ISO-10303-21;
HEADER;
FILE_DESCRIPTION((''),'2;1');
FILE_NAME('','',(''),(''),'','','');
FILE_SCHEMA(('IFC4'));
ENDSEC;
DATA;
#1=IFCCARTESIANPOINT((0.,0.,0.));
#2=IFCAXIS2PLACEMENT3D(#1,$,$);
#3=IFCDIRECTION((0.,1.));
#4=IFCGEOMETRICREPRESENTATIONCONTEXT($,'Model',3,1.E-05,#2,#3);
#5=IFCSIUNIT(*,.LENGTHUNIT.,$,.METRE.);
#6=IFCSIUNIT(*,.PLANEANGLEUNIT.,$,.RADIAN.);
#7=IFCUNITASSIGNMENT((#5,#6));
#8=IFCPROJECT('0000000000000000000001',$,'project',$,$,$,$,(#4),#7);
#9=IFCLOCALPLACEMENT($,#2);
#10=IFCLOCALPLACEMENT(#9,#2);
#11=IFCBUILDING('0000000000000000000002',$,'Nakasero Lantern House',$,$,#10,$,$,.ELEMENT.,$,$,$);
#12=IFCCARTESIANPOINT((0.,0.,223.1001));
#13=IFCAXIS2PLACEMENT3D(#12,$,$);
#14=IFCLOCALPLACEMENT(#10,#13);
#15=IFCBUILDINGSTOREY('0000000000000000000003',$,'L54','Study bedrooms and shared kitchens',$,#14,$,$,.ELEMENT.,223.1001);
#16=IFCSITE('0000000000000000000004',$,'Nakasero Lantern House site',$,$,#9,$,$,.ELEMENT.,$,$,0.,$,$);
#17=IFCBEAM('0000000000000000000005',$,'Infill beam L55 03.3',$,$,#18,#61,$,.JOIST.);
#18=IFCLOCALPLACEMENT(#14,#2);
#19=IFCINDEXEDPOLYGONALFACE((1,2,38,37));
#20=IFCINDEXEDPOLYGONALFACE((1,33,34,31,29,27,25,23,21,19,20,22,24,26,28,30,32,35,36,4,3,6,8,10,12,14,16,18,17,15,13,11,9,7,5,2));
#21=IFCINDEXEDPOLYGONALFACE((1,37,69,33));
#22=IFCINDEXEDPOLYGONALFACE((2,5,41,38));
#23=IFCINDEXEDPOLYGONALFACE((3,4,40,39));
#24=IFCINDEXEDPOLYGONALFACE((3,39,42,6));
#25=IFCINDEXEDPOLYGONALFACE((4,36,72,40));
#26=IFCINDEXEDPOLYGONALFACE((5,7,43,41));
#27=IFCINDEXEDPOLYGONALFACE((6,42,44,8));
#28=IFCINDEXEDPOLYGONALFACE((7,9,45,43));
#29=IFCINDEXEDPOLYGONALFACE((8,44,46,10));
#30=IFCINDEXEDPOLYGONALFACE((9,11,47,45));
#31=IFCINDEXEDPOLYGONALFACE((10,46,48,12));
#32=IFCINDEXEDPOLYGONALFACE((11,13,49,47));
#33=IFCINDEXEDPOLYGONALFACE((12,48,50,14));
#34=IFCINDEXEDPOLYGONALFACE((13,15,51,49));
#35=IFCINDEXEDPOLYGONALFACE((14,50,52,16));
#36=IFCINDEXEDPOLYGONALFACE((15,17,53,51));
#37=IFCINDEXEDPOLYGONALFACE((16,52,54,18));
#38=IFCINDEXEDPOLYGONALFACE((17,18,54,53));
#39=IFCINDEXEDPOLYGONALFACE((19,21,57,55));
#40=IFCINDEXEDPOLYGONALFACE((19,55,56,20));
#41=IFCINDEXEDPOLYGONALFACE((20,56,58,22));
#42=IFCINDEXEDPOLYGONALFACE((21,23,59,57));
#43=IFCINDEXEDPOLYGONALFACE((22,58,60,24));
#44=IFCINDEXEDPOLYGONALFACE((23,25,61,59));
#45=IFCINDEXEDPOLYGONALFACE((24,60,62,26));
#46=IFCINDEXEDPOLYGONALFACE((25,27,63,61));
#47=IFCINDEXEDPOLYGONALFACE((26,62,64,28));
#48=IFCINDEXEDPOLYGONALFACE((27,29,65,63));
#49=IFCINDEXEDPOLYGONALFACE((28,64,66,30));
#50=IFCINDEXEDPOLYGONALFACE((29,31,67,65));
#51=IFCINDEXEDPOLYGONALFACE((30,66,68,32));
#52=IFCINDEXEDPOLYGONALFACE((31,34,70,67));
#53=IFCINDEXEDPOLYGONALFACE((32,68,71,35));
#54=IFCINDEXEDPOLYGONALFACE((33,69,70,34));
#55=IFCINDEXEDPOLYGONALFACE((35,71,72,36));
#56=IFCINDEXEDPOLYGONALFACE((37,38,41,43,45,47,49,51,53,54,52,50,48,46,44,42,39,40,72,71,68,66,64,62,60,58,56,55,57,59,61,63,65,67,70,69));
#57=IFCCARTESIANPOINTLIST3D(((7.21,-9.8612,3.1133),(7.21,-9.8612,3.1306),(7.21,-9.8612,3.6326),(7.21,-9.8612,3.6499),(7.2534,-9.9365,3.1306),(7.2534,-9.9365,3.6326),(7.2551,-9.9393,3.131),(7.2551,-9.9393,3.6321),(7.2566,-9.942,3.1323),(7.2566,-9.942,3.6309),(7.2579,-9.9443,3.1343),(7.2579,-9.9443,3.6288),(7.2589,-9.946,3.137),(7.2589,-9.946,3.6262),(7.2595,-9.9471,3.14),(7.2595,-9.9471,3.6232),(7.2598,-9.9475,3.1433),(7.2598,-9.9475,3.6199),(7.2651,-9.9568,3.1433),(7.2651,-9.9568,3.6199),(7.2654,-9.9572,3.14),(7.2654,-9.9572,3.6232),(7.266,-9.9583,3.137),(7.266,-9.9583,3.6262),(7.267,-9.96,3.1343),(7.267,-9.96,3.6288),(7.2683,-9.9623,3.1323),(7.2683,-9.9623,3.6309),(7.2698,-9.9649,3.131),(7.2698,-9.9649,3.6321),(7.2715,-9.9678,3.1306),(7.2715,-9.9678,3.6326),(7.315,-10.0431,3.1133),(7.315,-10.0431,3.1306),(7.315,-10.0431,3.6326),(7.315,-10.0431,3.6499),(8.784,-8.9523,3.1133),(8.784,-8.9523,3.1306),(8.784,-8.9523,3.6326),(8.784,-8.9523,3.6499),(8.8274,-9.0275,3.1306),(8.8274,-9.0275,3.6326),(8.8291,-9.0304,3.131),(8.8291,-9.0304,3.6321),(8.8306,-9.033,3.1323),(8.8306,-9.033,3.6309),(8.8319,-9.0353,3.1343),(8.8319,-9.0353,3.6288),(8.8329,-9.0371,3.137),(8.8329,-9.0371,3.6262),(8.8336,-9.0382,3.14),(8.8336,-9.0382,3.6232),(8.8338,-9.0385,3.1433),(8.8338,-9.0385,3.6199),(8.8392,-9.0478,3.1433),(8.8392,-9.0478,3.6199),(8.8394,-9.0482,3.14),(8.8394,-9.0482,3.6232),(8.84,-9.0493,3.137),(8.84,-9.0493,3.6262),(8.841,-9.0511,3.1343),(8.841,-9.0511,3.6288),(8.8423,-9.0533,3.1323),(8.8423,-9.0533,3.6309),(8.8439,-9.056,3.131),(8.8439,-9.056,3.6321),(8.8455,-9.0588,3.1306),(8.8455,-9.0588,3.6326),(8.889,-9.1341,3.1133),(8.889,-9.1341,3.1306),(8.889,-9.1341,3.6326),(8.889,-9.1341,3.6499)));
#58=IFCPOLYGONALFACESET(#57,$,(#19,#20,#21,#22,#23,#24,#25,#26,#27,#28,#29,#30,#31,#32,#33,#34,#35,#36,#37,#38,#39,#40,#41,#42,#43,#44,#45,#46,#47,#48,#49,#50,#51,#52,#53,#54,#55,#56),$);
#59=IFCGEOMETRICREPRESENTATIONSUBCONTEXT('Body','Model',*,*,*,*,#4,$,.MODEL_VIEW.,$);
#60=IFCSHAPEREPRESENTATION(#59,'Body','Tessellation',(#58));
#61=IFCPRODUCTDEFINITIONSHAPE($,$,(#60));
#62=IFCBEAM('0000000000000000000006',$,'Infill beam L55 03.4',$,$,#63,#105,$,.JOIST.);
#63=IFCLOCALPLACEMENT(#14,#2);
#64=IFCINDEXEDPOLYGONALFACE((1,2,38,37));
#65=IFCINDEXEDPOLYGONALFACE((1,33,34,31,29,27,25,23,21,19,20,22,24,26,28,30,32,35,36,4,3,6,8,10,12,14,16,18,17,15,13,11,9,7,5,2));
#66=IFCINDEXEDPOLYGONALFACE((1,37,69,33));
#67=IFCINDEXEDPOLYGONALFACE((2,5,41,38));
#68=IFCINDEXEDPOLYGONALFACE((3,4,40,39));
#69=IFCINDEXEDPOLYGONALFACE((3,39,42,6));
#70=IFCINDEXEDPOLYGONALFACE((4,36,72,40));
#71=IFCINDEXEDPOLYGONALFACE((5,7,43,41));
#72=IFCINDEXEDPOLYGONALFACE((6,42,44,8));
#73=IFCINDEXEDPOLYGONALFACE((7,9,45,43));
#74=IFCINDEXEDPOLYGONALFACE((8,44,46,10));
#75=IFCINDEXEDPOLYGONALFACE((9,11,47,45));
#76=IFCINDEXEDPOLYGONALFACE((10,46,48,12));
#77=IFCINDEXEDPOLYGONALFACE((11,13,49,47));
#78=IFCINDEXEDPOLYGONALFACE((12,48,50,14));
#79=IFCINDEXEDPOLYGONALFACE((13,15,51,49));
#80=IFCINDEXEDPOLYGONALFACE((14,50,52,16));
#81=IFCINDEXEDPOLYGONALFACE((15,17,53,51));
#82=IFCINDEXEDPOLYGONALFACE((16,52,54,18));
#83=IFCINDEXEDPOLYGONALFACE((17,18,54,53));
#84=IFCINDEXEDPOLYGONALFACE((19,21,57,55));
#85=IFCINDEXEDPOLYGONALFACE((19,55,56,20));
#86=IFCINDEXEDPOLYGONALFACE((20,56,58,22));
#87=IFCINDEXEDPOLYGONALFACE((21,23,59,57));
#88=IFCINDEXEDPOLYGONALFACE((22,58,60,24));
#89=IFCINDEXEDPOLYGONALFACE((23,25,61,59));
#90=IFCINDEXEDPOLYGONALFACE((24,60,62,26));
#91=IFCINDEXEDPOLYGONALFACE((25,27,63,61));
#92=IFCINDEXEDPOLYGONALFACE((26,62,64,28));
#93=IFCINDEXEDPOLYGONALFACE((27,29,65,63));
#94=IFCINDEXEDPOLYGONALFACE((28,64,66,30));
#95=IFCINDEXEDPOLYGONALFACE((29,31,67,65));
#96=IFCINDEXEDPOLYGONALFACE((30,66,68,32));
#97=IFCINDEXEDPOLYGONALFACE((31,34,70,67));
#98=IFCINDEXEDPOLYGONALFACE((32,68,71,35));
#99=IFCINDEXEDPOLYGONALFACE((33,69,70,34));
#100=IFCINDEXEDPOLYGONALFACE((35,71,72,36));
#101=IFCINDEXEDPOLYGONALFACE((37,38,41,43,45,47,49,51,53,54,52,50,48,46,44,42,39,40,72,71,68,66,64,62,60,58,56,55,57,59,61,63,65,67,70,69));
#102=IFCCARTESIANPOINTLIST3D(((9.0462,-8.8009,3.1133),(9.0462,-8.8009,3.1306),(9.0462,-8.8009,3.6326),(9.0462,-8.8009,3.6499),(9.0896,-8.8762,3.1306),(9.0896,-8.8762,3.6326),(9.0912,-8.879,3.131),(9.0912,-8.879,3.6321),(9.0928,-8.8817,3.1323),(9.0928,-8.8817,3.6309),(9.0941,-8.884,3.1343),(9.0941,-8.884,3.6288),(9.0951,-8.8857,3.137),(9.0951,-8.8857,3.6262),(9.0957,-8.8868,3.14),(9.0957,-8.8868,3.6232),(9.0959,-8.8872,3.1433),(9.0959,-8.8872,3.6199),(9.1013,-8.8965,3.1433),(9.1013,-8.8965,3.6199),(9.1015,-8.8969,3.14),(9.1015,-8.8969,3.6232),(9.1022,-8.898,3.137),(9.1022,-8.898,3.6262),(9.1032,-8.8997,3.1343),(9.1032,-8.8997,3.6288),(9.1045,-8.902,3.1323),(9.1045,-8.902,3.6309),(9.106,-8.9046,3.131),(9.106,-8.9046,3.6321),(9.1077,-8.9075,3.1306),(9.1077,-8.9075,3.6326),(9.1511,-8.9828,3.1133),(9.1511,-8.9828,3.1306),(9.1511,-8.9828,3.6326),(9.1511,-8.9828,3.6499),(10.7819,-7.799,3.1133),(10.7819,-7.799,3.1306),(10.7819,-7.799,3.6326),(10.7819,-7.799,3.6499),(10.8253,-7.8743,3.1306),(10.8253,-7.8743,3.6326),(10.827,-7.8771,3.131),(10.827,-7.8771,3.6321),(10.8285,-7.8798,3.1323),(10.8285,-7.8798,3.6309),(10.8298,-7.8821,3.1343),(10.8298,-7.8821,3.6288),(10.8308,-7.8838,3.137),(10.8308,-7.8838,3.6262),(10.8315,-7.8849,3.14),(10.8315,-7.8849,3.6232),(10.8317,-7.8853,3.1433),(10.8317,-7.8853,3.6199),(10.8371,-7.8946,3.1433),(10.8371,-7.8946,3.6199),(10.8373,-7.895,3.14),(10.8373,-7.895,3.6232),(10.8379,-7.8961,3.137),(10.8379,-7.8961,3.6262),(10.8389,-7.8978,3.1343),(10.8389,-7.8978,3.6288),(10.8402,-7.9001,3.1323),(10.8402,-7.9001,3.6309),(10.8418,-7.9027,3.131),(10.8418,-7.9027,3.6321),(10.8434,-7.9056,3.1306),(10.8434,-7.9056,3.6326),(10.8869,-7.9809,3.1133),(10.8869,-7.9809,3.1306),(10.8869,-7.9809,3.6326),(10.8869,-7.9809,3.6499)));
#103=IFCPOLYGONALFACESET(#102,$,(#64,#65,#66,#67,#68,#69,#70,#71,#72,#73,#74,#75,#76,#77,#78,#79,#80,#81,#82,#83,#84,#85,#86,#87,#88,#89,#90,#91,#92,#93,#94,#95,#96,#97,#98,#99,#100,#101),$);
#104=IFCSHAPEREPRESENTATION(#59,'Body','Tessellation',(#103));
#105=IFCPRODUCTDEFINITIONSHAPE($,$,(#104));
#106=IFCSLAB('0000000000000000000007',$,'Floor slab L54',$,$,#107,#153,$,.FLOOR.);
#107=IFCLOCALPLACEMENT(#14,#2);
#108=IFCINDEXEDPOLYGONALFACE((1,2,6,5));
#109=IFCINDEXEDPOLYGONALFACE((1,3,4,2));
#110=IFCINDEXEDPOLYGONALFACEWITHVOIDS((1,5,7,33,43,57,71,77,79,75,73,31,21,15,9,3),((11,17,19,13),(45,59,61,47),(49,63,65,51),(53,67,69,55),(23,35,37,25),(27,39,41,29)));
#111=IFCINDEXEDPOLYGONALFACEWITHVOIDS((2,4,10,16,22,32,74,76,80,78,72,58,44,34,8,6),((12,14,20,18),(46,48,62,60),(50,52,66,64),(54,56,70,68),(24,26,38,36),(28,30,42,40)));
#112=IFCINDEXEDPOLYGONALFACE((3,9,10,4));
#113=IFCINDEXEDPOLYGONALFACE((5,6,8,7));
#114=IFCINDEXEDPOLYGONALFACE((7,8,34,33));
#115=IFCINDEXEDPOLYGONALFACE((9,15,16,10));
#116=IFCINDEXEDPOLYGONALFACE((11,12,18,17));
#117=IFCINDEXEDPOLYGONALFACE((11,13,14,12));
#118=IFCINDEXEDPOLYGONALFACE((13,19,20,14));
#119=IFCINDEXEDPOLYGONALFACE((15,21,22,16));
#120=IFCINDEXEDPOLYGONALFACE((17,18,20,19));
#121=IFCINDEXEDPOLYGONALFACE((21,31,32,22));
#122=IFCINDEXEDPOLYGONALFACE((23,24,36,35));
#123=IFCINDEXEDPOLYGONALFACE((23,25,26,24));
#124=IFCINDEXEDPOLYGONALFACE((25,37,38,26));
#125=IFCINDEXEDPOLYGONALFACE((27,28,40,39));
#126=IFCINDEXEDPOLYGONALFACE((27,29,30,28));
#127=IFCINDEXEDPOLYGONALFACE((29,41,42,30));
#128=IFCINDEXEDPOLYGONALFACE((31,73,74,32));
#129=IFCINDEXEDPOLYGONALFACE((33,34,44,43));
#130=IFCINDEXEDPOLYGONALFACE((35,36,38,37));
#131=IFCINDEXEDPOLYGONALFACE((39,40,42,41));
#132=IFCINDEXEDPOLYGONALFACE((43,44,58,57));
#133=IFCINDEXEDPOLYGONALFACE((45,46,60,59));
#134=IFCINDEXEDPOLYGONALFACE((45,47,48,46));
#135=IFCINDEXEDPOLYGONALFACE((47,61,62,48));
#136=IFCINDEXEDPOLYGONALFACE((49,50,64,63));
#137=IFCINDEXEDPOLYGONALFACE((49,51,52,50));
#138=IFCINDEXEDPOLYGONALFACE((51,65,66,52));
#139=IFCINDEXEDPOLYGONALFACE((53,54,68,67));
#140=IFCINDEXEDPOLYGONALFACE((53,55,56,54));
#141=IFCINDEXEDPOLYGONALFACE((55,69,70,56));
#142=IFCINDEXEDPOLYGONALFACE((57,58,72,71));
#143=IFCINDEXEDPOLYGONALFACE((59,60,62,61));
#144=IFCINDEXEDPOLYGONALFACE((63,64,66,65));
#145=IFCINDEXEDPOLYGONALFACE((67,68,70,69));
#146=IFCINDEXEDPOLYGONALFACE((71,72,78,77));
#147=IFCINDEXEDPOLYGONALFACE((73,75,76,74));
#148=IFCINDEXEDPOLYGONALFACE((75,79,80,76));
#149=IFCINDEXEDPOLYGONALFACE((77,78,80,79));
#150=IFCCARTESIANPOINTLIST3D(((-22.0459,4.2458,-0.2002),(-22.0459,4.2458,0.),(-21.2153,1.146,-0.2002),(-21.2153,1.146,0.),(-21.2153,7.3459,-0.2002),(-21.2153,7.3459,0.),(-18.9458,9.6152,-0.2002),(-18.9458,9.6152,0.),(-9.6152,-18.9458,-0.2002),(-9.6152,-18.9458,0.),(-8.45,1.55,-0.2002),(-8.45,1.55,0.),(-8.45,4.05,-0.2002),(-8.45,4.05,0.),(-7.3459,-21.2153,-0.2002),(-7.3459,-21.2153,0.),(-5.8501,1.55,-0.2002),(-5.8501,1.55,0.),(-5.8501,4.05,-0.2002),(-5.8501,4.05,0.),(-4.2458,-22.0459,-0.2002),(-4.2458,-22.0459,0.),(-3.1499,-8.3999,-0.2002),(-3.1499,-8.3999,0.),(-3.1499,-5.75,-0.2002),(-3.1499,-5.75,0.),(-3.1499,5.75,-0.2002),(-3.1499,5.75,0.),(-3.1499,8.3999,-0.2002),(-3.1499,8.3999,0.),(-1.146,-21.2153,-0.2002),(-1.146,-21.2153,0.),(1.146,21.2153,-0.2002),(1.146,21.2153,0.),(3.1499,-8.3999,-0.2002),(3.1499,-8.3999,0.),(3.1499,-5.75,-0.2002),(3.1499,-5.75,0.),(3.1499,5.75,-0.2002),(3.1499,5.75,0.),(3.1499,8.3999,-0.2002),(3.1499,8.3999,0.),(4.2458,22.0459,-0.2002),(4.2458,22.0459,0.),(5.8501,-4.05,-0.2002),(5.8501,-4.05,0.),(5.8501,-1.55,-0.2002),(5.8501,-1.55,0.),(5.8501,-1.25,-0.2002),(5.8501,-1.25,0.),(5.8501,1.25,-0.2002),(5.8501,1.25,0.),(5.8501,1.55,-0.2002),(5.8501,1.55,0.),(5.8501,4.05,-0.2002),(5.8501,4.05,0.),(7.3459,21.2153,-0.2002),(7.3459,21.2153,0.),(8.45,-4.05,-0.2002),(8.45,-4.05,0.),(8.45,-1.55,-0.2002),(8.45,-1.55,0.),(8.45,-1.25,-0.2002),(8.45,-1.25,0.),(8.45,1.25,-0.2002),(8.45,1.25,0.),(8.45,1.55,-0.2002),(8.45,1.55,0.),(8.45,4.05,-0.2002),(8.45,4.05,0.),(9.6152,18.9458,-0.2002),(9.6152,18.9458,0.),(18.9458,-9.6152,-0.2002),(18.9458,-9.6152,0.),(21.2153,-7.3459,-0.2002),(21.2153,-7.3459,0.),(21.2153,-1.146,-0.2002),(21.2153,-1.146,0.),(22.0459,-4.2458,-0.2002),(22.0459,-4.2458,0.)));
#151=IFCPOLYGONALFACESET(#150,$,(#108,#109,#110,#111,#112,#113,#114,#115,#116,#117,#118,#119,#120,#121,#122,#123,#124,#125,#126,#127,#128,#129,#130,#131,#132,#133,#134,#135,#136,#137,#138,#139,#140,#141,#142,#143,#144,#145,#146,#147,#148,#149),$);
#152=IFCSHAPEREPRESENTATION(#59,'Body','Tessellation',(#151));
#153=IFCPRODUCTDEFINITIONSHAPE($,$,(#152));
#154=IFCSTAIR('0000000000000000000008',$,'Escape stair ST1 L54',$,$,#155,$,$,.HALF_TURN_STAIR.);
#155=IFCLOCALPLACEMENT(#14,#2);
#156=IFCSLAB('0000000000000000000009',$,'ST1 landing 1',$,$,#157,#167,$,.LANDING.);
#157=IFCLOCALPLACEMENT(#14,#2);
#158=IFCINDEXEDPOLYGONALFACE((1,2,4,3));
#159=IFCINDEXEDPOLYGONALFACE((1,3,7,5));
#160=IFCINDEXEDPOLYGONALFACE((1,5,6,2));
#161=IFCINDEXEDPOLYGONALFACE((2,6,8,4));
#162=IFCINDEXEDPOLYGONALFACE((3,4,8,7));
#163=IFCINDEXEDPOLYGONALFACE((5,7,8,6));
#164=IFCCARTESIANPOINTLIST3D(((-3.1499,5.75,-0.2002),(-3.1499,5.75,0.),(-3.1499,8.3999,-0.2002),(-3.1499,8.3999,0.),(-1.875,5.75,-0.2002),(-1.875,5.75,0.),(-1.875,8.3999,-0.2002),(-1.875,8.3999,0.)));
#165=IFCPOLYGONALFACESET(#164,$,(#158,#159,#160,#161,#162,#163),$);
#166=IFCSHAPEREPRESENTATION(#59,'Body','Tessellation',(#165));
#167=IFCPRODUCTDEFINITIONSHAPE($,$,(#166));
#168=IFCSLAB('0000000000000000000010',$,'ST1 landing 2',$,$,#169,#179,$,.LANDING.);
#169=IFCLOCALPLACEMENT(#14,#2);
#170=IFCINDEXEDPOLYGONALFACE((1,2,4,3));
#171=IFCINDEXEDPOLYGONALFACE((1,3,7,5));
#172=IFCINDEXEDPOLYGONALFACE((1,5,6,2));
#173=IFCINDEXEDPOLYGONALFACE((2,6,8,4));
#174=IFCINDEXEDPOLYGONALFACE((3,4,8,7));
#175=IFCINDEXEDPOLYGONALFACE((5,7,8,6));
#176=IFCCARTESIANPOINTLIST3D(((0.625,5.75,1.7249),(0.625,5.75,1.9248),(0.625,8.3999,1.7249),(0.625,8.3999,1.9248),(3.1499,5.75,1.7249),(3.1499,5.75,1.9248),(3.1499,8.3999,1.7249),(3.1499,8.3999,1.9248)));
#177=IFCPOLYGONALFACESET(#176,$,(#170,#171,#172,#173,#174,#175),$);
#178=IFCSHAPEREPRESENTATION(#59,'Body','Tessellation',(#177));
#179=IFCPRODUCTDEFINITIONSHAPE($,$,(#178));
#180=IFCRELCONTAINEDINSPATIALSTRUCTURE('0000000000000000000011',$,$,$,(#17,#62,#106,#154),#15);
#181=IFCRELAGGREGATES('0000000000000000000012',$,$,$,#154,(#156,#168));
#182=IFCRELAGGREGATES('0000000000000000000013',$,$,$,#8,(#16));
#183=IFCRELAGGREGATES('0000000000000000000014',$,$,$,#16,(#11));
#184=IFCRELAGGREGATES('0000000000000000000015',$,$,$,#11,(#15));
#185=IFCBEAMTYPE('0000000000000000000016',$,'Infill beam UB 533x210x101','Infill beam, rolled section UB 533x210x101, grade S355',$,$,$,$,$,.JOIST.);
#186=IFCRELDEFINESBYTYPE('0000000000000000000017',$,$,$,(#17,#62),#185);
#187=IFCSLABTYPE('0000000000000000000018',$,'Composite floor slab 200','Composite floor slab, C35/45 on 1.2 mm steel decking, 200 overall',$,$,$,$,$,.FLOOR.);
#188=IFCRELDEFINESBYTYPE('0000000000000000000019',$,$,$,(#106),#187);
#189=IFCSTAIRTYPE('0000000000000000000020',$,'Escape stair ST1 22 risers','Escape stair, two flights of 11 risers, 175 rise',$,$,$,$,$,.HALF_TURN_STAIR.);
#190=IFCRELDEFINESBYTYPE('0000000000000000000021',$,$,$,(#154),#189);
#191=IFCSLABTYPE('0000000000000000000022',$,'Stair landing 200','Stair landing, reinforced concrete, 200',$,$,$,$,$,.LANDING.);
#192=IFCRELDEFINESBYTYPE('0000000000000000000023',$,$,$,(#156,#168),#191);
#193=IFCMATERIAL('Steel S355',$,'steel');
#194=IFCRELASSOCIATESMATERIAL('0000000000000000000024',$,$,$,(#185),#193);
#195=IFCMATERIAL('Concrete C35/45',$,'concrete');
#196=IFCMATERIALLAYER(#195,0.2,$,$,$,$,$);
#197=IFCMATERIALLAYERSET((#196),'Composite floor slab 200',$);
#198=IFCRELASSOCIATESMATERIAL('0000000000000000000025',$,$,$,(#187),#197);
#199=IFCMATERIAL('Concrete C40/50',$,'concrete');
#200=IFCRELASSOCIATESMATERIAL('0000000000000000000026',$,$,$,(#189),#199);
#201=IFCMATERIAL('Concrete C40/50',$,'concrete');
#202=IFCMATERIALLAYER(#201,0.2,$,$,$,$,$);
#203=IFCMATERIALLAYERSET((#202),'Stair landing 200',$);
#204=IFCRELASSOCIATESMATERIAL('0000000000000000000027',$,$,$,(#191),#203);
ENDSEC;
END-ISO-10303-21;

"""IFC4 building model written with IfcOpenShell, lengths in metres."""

from ifc_helpers import new_model, si_unit, direction, frame, origin, origin_2d, place, context, subcontext, project, spatial, polyline, i_section, outline, extrude, material, layer, layer_set, material_profile, profile_set, type_object, element, aggregate, save


model = new_model("IFC4")

# Units and contexts
model_context = context("Model", 3, precision=1e-05, world=origin(), true_north=direction((0.0, 1.0)))
body_context = subcontext(model_context, "Body", "Model", "MODEL_VIEW")
ifc_project = project(units=[si_unit("LENGTHUNIT", "METRE"), si_unit("PLANEANGLEUNIT", "RADIAN")], contexts=[model_context])

# Site, building, storey
site_placement = place(None, origin())
site = spatial("IfcSite", under=ifc_project, at=site_placement, Name="Nakasero Lantern House site", CompositionType="ELEMENT", RefElevation=0.0)
building_placement = place(site_placement, origin())
building = spatial("IfcBuilding", under=site, at=building_placement, Name="Nakasero Lantern House", CompositionType="ELEMENT")
storey_placement = place(building_placement, frame((0.0, 0.0, 223.1001)))
storey = spatial("IfcBuildingStorey", under=building, at=storey_placement, Name="L54", Description="Study bedrooms and shared kitchens", CompositionType="ELEMENT", Elevation=223.1001)

# Beams
ifc_material_1 = material(Name="Steel S355", Category="steel")
ifc_material_profile = material_profile(ifc_material_1, i_section(OverallWidth=0.21, OverallDepth=0.5366, WebThickness=0.0107, FlangeThickness=0.0173, FilletRadius=0.0127, at=origin_2d()), Name="UB 533x210x101")
ifc_profile_set = profile_set([ifc_material_profile], Name="Steel S355")
beam_type = type_object("IfcBeamType", Name="Infill beam UB 533x210x101", Description="Infill beam, rolled section UB 533x210x101, grade S355", PredefinedType="JOIST", material=ifc_profile_set)
beam_1_placement = place(storey_placement, frame((7.2625, -9.9521, 3.3816), z_axis=(0.865978, 0.500083, 0.0), x_axis=(-0.500083, 0.865978, 0.0)))
element("IfcBeam", 1, at=beam_1_placement, inside=storey, type_object=beam_type, Name="Infill beam L55 03.3", PredefinedType="JOIST", context=body_context, shape_type="SweptSolid", body=[
    extrude(i_section(OverallWidth=0.21, OverallDepth=0.5366, WebThickness=0.0107, FlangeThickness=0.0173, FilletRadius=0.0127, at=origin_2d()), origin(), (0.0, 0.0, 1.0), 1.8176),
])
beam_2_placement = place(storey_placement, frame((9.0986, -8.8918, 3.3816), z_axis=(0.866076, 0.499912, 0.0), x_axis=(-0.499912, 0.866076, 0.0)))
element("IfcBeam", 2, at=beam_2_placement, inside=storey, type_object=beam_type, Name="Infill beam L55 03.4", PredefinedType="JOIST", context=body_context, shape_type="SweptSolid", body=[
    extrude(i_section(OverallWidth=0.21, OverallDepth=0.5366, WebThickness=0.0107, FlangeThickness=0.0173, FilletRadius=0.0127, at=origin_2d()), origin(), (0.0, 0.0, 1.0), 2.0042),
])

# Slab
ifc_material_2 = material(Name="Concrete C35/45", Category="concrete")
ifc_layer_1 = layer(ifc_material_2, 0.2)
ifc_layer_set_1 = layer_set([ifc_layer_1], Name="Composite floor slab 200")
slab_type_1 = type_object("IfcSlabType", Name="Composite floor slab 200", Description="Composite floor slab, C35/45 on 1.2 mm steel decking, 200 overall", PredefinedType="FLOOR", material=ifc_layer_set_1)
slab_1_placement = place(storey_placement, frame((0.0, 0.0, -0.2002)))
element("IfcSlab", 3, at=slab_1_placement, inside=storey, type_object=slab_type_1, Name="Floor slab L54", PredefinedType="FLOOR", context=body_context, shape_type="SweptSolid", body=[
    extrude(outline(polyline([(9.6152, 18.9458), (7.3459, 21.2153), (4.2458, 22.0459), (1.146, 21.2153), (-18.9458, 9.6152), (-21.2153, 7.3459), (-22.0459, 4.2458), (-21.2153, 1.146), (-9.6152, -18.9458), (-7.3459, -21.2153), (-4.2458, -22.0459), (-1.146, -21.2153), (18.9458, -9.6152), (21.2153, -7.3459), (22.0459, -4.2458), (21.2153, -1.146), (9.6152, 18.9458)]), holes=[polyline([(-8.45, 1.55), (-5.8501, 1.55), (-5.8501, 4.05), (-8.45, 4.05), (-8.45, 1.55)]), polyline([(5.8501, -4.05), (8.45, -4.05), (8.45, -1.55), (5.8501, -1.55), (5.8501, -4.05)]), polyline([(5.8501, -1.25), (8.45, -1.25), (8.45, 1.25), (5.8501, 1.25), (5.8501, -1.25)]), polyline([(5.8501, 1.55), (8.45, 1.55), (8.45, 4.05), (5.8501, 4.05), (5.8501, 1.55)]), polyline([(-3.1499, 5.75), (3.1499, 5.75), (3.1499, 8.3999), (-3.1499, 8.3999), (-3.1499, 5.75)]), polyline([(-3.1499, -8.3999), (3.1499, -8.3999), (3.1499, -5.75), (-3.1499, -5.75), (-3.1499, -8.3999)])]), origin(), (0.0, 0.0, 1.0), 0.2002),
])

# Stair, slabs
ifc_material_3 = material(Name="Concrete C40/50", Category="concrete")
stair_type_1 = type_object("IfcStairType", Name="Escape stair ST1 22 risers", Description="Escape stair, two flights of 11 risers, 175 rise", PredefinedType="HALF_TURN_STAIR", material=ifc_material_3)
stair_1_placement = place(storey_placement, origin())
stair_1 = element("IfcStair", 4, at=stair_1_placement, inside=storey, type_object=stair_type_1, Name="Escape stair ST1 L54", PredefinedType="HALF_TURN_STAIR")
ifc_material_4 = material(Name="Concrete C40/50", Category="concrete")
ifc_layer_2 = layer(ifc_material_4, 0.2)
ifc_layer_set_2 = layer_set([ifc_layer_2], Name="Stair landing 200")
slab_type_2 = type_object("IfcSlabType", Name="Stair landing 200", Description="Stair landing, reinforced concrete, 200", PredefinedType="LANDING", material=ifc_layer_set_2)
slab_2_placement = place(storey_placement, frame((0.0, 0.0, -0.2002)))
slab_2 = element("IfcSlab", 5, at=slab_2_placement, type_object=slab_type_2, Name="ST1 landing 1", PredefinedType="LANDING", context=body_context, shape_type="SweptSolid", body=[
    extrude(outline(polyline([(-3.1499, 5.75), (-1.875, 5.75), (-1.875, 8.3999), (-3.1499, 8.3999), (-3.1499, 5.75)])), origin(), (0.0, 0.0, 1.0), 0.2002),
])
slab_3_placement = place(storey_placement, frame((0.0, 0.0, 1.7249)))
slab_3 = element("IfcSlab", 6, at=slab_3_placement, type_object=slab_type_2, Name="ST1 landing 2", PredefinedType="LANDING", context=body_context, shape_type="SweptSolid", body=[
    extrude(outline(polyline([(0.625, 5.75), (3.1499, 5.75), (3.1499, 8.3999), (0.625, 8.3999), (0.625, 5.75)])), origin(), (0.0, 0.0, 1.0), 0.2),
])
aggregate(stair_1, [slab_2, slab_3])

save(model, "model.ifc")
